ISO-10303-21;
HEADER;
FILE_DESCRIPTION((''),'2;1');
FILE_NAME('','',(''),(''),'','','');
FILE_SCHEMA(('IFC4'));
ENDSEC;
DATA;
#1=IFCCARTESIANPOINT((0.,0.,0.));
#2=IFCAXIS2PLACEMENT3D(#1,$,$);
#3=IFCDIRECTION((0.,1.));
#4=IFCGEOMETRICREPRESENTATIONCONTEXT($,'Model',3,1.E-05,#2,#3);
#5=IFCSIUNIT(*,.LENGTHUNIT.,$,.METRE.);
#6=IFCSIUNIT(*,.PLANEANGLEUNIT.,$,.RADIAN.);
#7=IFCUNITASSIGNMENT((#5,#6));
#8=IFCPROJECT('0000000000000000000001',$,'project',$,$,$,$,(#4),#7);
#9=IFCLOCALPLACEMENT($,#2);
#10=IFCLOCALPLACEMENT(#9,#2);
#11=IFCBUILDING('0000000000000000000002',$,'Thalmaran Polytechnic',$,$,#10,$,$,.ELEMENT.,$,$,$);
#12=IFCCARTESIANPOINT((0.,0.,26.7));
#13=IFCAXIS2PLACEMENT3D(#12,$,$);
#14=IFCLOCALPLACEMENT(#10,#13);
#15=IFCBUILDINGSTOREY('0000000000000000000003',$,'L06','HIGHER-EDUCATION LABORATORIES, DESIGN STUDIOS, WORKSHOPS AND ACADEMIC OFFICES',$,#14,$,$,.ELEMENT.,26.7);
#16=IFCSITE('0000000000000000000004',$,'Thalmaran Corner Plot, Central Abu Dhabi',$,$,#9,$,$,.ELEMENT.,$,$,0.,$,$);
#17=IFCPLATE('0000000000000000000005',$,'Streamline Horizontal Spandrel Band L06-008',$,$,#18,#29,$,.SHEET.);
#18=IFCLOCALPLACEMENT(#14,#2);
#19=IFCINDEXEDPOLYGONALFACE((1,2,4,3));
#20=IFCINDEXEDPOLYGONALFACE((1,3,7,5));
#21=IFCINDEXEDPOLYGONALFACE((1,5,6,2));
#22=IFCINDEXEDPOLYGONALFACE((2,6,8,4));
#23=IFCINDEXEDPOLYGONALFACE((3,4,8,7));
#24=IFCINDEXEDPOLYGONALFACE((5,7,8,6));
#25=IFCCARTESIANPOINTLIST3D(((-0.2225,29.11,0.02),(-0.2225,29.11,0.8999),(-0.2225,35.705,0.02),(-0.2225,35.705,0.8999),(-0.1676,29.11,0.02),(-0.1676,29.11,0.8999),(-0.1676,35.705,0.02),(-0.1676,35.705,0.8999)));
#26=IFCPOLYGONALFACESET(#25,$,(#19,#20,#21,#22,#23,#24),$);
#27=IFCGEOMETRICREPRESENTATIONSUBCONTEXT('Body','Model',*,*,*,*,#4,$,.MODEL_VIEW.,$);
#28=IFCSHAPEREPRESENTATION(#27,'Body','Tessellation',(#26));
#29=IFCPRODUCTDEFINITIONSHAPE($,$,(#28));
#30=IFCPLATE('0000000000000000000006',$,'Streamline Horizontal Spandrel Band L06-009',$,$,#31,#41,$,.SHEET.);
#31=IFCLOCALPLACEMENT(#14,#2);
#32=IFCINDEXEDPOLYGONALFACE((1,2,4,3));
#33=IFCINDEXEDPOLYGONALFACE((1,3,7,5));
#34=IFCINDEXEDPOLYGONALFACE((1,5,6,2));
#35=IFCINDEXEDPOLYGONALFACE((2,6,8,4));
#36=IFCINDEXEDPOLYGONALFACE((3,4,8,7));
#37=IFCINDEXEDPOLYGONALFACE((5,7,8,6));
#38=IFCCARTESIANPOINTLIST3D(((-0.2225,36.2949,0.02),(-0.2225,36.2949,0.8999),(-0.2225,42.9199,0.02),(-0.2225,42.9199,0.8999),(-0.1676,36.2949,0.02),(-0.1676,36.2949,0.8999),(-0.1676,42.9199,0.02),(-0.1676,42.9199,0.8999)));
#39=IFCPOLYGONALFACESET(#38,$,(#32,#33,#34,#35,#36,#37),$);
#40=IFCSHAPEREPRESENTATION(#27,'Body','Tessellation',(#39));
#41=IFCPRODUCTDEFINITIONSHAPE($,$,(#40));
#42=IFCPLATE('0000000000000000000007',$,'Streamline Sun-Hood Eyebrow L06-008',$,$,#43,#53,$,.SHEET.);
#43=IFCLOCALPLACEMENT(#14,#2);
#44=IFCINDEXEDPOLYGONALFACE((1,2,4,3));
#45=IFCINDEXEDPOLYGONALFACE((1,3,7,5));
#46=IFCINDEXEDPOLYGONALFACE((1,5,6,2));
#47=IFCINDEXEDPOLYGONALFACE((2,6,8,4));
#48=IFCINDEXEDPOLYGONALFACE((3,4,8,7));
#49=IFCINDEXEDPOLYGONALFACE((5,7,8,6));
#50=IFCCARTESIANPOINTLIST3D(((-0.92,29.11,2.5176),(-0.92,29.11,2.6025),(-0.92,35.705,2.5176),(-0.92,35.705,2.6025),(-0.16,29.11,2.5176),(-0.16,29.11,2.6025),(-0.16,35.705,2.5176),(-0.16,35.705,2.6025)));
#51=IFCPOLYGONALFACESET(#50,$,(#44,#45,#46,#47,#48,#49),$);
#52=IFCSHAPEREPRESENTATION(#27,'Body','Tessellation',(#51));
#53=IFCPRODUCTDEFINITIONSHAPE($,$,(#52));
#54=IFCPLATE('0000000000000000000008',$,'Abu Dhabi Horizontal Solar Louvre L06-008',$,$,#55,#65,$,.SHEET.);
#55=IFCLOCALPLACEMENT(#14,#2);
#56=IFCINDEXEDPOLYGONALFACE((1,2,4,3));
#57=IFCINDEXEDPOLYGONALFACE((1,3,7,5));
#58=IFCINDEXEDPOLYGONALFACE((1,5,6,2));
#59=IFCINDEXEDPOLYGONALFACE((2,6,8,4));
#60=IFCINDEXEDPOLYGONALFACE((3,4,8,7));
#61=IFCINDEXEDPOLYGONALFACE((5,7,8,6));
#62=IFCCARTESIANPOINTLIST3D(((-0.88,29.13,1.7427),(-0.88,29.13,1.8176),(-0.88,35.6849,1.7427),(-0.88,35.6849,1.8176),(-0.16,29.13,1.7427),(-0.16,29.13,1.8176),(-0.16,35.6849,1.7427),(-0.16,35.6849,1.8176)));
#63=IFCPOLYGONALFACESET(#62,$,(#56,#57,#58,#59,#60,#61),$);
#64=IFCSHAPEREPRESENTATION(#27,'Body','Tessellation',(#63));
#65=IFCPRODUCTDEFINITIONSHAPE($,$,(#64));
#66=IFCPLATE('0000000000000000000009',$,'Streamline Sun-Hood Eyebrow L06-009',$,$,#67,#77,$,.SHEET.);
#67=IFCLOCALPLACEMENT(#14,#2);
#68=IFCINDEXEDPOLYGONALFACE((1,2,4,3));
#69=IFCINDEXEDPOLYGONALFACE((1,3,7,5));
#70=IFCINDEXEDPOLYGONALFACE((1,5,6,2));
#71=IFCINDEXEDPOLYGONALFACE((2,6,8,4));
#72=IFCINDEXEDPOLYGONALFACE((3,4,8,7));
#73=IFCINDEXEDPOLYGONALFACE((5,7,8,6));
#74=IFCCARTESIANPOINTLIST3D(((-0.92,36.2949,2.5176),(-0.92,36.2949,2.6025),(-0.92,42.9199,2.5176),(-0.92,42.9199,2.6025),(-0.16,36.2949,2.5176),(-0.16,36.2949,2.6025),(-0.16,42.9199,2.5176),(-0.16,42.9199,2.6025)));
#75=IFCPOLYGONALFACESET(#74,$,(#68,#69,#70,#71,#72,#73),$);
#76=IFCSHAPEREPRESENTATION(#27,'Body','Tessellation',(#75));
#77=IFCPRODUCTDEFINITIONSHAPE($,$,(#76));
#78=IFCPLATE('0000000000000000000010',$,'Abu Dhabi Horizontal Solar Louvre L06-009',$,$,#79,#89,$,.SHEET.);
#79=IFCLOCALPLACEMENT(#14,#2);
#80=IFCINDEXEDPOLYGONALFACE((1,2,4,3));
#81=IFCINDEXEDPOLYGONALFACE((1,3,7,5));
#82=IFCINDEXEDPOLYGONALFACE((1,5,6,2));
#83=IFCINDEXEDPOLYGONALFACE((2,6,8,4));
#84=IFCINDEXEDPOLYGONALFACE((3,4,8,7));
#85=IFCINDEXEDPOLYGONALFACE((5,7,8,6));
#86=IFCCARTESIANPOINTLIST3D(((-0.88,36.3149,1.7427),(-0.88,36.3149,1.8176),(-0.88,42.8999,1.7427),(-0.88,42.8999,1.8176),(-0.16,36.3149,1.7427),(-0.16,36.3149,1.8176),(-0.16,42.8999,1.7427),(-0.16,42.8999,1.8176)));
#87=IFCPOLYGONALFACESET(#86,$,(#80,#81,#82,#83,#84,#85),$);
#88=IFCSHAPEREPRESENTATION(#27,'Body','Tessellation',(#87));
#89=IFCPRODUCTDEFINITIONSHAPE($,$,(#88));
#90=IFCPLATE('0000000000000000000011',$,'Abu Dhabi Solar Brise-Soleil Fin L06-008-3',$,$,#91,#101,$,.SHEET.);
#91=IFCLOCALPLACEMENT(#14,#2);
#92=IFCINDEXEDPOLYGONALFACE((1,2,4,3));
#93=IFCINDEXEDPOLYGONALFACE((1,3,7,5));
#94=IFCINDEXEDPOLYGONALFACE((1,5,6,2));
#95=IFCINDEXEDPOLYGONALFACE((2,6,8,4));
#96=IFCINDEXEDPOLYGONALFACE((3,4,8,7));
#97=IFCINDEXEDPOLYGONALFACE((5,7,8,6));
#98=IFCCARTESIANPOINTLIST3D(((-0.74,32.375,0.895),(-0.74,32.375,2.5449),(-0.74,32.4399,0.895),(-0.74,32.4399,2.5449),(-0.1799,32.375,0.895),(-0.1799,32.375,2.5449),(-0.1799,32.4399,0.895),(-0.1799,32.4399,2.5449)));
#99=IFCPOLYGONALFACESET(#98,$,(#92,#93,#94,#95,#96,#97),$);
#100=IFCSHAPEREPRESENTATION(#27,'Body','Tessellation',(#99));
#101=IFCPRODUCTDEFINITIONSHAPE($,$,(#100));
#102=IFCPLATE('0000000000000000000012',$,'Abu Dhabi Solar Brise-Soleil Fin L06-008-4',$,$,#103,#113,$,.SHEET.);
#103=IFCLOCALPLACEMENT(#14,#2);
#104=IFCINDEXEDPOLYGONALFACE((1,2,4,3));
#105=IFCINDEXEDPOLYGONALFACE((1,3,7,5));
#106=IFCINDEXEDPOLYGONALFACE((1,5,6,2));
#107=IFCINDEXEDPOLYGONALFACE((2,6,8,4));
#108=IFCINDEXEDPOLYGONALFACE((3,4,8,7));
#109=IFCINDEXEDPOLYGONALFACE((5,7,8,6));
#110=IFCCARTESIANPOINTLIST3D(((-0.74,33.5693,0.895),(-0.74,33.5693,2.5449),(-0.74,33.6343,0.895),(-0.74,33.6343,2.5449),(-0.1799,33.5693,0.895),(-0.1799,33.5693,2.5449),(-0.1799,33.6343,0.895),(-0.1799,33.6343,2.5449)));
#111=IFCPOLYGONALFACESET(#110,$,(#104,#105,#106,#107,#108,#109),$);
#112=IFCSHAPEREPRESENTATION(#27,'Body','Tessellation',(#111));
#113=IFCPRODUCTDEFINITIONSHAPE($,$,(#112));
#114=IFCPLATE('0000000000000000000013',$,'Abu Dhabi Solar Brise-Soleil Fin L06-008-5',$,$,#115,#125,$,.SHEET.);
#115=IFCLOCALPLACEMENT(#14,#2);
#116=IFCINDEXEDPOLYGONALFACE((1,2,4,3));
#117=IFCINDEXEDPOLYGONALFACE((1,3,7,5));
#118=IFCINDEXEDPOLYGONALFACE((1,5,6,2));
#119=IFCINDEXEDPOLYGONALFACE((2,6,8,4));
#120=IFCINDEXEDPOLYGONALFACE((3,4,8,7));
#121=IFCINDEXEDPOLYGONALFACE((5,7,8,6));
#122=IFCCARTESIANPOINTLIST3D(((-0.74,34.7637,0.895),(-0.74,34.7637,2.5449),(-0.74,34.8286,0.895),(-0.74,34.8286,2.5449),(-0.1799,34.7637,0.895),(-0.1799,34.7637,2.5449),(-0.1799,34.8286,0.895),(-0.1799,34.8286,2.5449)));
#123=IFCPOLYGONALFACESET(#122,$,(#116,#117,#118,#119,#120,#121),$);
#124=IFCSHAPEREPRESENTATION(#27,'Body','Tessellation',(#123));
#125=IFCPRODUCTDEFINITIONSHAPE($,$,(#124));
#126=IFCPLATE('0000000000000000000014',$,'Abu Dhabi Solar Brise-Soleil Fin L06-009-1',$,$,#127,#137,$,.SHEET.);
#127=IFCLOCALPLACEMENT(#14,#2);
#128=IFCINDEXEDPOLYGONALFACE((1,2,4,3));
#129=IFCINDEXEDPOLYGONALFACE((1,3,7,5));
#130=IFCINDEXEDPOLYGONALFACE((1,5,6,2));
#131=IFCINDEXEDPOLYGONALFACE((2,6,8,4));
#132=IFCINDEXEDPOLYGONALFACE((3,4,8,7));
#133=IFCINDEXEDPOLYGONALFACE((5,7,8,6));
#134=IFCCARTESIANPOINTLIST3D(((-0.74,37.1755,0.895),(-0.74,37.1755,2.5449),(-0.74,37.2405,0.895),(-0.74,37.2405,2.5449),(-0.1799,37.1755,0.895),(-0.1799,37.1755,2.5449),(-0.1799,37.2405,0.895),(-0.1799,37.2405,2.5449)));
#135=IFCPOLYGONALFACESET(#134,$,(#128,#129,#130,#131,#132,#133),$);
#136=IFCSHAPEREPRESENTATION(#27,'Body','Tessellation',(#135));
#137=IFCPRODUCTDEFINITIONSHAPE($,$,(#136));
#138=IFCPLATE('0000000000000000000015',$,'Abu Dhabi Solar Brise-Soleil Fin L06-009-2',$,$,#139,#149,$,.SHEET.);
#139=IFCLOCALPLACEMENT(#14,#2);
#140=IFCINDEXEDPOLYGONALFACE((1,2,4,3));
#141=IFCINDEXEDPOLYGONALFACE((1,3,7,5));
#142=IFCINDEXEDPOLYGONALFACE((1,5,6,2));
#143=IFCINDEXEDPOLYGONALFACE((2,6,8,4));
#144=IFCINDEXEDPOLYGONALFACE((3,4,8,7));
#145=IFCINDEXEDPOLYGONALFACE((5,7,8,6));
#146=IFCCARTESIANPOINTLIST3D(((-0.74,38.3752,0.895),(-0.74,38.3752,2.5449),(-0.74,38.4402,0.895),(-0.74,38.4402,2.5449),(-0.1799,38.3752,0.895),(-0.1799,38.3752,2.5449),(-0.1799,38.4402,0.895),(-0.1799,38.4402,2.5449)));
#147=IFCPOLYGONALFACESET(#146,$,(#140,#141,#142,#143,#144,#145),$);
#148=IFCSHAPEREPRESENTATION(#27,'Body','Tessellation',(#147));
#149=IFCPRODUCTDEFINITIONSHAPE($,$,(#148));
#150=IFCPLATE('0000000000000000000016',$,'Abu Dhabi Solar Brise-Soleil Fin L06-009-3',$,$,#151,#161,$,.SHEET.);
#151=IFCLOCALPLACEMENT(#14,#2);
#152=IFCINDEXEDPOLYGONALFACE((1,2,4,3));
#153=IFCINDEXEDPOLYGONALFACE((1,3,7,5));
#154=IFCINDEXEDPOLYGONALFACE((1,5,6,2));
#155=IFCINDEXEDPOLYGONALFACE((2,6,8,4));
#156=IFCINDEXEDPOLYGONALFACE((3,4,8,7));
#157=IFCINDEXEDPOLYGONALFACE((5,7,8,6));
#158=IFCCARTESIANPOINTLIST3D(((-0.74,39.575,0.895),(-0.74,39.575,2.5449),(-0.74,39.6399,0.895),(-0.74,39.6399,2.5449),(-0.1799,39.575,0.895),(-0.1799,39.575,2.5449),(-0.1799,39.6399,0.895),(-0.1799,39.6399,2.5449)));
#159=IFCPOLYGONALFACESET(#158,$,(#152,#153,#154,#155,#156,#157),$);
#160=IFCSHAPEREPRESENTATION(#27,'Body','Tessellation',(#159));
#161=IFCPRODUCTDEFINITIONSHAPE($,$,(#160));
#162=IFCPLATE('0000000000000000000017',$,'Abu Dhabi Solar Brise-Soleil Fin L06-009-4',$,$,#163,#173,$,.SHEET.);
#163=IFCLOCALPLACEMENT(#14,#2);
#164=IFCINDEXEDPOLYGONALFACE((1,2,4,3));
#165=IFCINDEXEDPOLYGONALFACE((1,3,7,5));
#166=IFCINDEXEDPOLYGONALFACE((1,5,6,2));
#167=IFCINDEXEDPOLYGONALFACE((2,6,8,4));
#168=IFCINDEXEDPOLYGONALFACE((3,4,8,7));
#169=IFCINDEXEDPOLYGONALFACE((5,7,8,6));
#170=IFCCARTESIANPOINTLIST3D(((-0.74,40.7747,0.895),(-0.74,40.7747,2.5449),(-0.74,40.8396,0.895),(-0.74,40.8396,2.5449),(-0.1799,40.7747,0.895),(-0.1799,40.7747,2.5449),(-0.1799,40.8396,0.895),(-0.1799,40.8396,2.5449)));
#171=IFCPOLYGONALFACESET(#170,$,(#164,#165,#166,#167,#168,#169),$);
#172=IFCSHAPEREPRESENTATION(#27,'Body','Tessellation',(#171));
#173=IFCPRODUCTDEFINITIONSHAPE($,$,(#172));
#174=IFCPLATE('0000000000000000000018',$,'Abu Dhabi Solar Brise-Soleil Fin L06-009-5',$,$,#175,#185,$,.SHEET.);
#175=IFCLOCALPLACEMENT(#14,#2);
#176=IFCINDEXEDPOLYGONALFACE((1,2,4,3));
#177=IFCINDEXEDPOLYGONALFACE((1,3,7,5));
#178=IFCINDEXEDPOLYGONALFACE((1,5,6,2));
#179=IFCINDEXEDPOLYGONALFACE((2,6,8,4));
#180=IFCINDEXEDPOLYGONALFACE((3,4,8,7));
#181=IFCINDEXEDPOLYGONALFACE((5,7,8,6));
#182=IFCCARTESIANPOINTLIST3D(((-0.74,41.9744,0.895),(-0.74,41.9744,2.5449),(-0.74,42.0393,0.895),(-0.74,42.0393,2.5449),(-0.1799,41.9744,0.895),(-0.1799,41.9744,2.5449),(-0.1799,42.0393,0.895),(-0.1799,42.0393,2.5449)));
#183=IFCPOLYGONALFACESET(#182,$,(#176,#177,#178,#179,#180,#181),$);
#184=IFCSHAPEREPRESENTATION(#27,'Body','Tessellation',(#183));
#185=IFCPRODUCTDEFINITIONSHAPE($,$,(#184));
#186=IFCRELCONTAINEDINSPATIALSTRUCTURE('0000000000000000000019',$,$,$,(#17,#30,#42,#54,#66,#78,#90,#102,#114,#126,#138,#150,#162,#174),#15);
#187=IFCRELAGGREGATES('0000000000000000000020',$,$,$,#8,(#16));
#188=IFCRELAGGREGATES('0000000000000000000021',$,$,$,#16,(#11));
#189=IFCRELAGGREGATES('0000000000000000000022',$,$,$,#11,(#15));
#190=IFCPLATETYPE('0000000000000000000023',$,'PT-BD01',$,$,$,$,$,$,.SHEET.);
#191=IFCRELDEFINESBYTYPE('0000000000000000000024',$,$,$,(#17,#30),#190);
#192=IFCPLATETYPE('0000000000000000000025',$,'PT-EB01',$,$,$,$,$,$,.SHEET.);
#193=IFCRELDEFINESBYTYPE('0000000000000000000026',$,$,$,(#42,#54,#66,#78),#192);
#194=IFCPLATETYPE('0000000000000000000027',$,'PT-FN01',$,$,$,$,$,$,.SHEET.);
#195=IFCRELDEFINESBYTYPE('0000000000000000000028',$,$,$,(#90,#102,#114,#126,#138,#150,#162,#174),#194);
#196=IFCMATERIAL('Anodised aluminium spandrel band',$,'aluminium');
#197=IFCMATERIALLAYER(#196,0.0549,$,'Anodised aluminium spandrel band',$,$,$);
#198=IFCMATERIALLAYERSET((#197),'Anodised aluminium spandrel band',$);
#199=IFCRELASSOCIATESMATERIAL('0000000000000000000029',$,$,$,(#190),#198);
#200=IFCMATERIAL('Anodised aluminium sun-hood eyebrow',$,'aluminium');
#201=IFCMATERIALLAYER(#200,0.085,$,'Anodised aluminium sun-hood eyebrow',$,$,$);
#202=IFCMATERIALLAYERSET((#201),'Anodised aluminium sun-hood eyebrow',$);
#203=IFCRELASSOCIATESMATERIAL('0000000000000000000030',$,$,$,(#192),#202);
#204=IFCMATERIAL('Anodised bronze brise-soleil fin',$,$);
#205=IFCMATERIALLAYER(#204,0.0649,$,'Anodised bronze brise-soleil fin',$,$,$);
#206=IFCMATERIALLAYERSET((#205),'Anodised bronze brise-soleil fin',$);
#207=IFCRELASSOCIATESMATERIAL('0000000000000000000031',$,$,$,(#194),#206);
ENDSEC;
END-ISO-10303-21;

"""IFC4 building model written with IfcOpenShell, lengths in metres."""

from ifc_helpers import new_model, si_unit, direction, frame, origin, origin_2d, place, context, subcontext, project, spatial, rectangle, extrude, material, layer, layer_set, type_object, element, save


model = new_model("IFC4")

# Units and contexts
model_context = context("Model", 3, precision=1e-05, world=origin(), true_north=direction((0.0, 1.0)))
body_context = subcontext(model_context, "Body", "Model", "MODEL_VIEW")
ifc_project = project(units=[si_unit("LENGTHUNIT", "METRE"), si_unit("PLANEANGLEUNIT", "RADIAN")], contexts=[model_context])

# Site, building, storey
site_placement = place(None, origin())
site = spatial("IfcSite", under=ifc_project, at=site_placement, Name="Thalmaran Corner Plot, Central Abu Dhabi", CompositionType="ELEMENT", RefElevation=0.0)
building_placement = place(site_placement, origin())
building = spatial("IfcBuilding", under=site, at=building_placement, Name="Thalmaran Polytechnic", CompositionType="ELEMENT")
storey_placement = place(building_placement, frame((0.0, 0.0, 26.7)))
storey = spatial("IfcBuildingStorey", under=building, at=storey_placement, Name="L06", Description="HIGHER-EDUCATION LABORATORIES, DESIGN STUDIOS, WORKSHOPS AND ACADEMIC OFFICES", CompositionType="ELEMENT", Elevation=26.7)

# Plates
ifc_material_1 = material(Name="Anodised aluminium spandrel band", Category="aluminium")
ifc_layer_1 = layer(ifc_material_1, 0.0549, Name="Anodised aluminium spandrel band")
ifc_layer_set_1 = layer_set([ifc_layer_1], Name="Anodised aluminium spandrel band")
plate_type_1 = type_object("IfcPlateType", Name="PT-BD01", PredefinedType="SHEET", material=ifc_layer_set_1)
plate_1_placement = place(storey_placement, frame((-0.1951, 32.4075, 0.02), z_axis=(0.0, 0.0, 1.0), x_axis=(0.0, 1.0, 0.0)))
element("IfcPlate", 1, at=plate_1_placement, inside=storey, type_object=plate_type_1, Name="Streamline Horizontal Spandrel Band L06-008", PredefinedType="SHEET", context=body_context, shape_type="SweptSolid", body=[
    extrude(rectangle(XDim=6.595, YDim=0.0549, at=origin_2d()), origin(), (0.0, 0.0, 1.0), 0.8799),
])
plate_2_placement = place(storey_placement, frame((-0.1951, 39.6074, 0.02), z_axis=(0.0, 0.0, 1.0), x_axis=(0.0, 1.0, 0.0)))
element("IfcPlate", 2, at=plate_2_placement, inside=storey, type_object=plate_type_1, Name="Streamline Horizontal Spandrel Band L06-009", PredefinedType="SHEET", context=body_context, shape_type="SweptSolid", body=[
    extrude(rectangle(XDim=6.625, YDim=0.0549, at=origin_2d()), origin(), (0.0, 0.0, 1.0), 0.8799),
])
ifc_material_2 = material(Name="Anodised aluminium sun-hood eyebrow", Category="aluminium")
ifc_layer_2 = layer(ifc_material_2, 0.085, Name="Anodised aluminium sun-hood eyebrow")
ifc_layer_set_2 = layer_set([ifc_layer_2], Name="Anodised aluminium sun-hood eyebrow")
plate_type_2 = type_object("IfcPlateType", Name="PT-EB01", PredefinedType="SHEET", material=ifc_layer_set_2)
plate_3_placement = place(storey_placement, frame((-0.54, 32.4075, 2.5176), z_axis=(0.0, 0.0, 1.0), x_axis=(0.0, 1.0, 0.0)))
element("IfcPlate", 3, at=plate_3_placement, inside=storey, type_object=plate_type_2, Name="Streamline Sun-Hood Eyebrow L06-008", PredefinedType="SHEET", context=body_context, shape_type="SweptSolid", body=[
    extrude(rectangle(XDim=6.595, YDim=0.76, at=origin_2d()), origin(), (0.0, 0.0, 1.0), 0.085),
])
plate_4_placement = place(storey_placement, frame((-0.52, 32.4075, 1.7427), z_axis=(0.0, 0.0, 1.0), x_axis=(0.0, 1.0, 0.0)))
element("IfcPlate", 4, at=plate_4_placement, inside=storey, type_object=plate_type_2, Name="Abu Dhabi Horizontal Solar Louvre L06-008", PredefinedType="SHEET", context=body_context, shape_type="SweptSolid", body=[
    extrude(rectangle(XDim=6.5549, YDim=0.72, at=origin_2d()), origin(), (0.0, 0.0, 1.0), 0.075),
])
plate_5_placement = place(storey_placement, frame((-0.54, 39.6074, 2.5176), z_axis=(0.0, 0.0, 1.0), x_axis=(0.0, 1.0, 0.0)))
element("IfcPlate", 5, at=plate_5_placement, inside=storey, type_object=plate_type_2, Name="Streamline Sun-Hood Eyebrow L06-009", PredefinedType="SHEET", context=body_context, shape_type="SweptSolid", body=[
    extrude(rectangle(XDim=6.625, YDim=0.76, at=origin_2d()), origin(), (0.0, 0.0, 1.0), 0.085),
])
plate_6_placement = place(storey_placement, frame((-0.52, 39.6074, 1.7427), z_axis=(0.0, 0.0, 1.0), x_axis=(0.0, 1.0, 0.0)))
element("IfcPlate", 6, at=plate_6_placement, inside=storey, type_object=plate_type_2, Name="Abu Dhabi Horizontal Solar Louvre L06-009", PredefinedType="SHEET", context=body_context, shape_type="SweptSolid", body=[
    extrude(rectangle(XDim=6.585, YDim=0.72, at=origin_2d()), origin(), (0.0, 0.0, 1.0), 0.075),
])
ifc_material_3 = material(Name="Anodised bronze brise-soleil fin")
ifc_layer_3 = layer(ifc_material_3, 0.0649, Name="Anodised bronze brise-soleil fin")
ifc_layer_set_3 = layer_set([ifc_layer_3], Name="Anodised bronze brise-soleil fin")
plate_type_3 = type_object("IfcPlateType", Name="PT-FN01", PredefinedType="SHEET", material=ifc_layer_set_3)
for number, where, z_axis, x_axis, name in (
    (7, (-0.46, 32.4075, 0.895), (0.0, 0.0, 1.0), (0.0, 1.0, 0.0), "Abu Dhabi Solar Brise-Soleil Fin L06-008-3"),
    (8, (-0.46, 33.6018, 0.895), (0.0, 0.0, 1.0), (0.0, 1.0, 0.0), "Abu Dhabi Solar Brise-Soleil Fin L06-008-4"),
    (9, (-0.46, 34.7961, 0.895), (0.0, 0.0, 1.0), (0.0, 1.0, 0.0), "Abu Dhabi Solar Brise-Soleil Fin L06-008-5"),
    (10, (-0.46, 37.208, 0.895), (0.0, 0.0, 1.0), (0.0, 1.0, 0.0), "Abu Dhabi Solar Brise-Soleil Fin L06-009-1"),
    (11, (-0.46, 38.4077, 0.895), (0.0, 0.0, 1.0), (0.0, 1.0, 0.0), "Abu Dhabi Solar Brise-Soleil Fin L06-009-2"),
    (12, (-0.46, 39.6074, 0.895), (0.0, 0.0, 1.0), (0.0, 1.0, 0.0), "Abu Dhabi Solar Brise-Soleil Fin L06-009-3"),
    (13, (-0.46, 40.8071, 0.895), (0.0, 0.0, 1.0), (0.0, 1.0, 0.0), "Abu Dhabi Solar Brise-Soleil Fin L06-009-4"),
    (14, (-0.46, 42.0068, 0.895), (0.0, 0.0, 1.0), (0.0, 1.0, 0.0), "Abu Dhabi Solar Brise-Soleil Fin L06-009-5"),
):
    element("IfcPlate", number, at=place(storey_placement, frame(where, z_axis=z_axis, x_axis=x_axis)), inside=storey, type_object=plate_type_3, Name=name, PredefinedType="SHEET", context=body_context, shape_type="SweptSolid", body=[
        extrude(rectangle(XDim=0.0649, YDim=0.5601, at=origin_2d()), origin(), (0.0, 0.0, 1.0), 1.6499),
    ])

save(model, "model.ifc")
